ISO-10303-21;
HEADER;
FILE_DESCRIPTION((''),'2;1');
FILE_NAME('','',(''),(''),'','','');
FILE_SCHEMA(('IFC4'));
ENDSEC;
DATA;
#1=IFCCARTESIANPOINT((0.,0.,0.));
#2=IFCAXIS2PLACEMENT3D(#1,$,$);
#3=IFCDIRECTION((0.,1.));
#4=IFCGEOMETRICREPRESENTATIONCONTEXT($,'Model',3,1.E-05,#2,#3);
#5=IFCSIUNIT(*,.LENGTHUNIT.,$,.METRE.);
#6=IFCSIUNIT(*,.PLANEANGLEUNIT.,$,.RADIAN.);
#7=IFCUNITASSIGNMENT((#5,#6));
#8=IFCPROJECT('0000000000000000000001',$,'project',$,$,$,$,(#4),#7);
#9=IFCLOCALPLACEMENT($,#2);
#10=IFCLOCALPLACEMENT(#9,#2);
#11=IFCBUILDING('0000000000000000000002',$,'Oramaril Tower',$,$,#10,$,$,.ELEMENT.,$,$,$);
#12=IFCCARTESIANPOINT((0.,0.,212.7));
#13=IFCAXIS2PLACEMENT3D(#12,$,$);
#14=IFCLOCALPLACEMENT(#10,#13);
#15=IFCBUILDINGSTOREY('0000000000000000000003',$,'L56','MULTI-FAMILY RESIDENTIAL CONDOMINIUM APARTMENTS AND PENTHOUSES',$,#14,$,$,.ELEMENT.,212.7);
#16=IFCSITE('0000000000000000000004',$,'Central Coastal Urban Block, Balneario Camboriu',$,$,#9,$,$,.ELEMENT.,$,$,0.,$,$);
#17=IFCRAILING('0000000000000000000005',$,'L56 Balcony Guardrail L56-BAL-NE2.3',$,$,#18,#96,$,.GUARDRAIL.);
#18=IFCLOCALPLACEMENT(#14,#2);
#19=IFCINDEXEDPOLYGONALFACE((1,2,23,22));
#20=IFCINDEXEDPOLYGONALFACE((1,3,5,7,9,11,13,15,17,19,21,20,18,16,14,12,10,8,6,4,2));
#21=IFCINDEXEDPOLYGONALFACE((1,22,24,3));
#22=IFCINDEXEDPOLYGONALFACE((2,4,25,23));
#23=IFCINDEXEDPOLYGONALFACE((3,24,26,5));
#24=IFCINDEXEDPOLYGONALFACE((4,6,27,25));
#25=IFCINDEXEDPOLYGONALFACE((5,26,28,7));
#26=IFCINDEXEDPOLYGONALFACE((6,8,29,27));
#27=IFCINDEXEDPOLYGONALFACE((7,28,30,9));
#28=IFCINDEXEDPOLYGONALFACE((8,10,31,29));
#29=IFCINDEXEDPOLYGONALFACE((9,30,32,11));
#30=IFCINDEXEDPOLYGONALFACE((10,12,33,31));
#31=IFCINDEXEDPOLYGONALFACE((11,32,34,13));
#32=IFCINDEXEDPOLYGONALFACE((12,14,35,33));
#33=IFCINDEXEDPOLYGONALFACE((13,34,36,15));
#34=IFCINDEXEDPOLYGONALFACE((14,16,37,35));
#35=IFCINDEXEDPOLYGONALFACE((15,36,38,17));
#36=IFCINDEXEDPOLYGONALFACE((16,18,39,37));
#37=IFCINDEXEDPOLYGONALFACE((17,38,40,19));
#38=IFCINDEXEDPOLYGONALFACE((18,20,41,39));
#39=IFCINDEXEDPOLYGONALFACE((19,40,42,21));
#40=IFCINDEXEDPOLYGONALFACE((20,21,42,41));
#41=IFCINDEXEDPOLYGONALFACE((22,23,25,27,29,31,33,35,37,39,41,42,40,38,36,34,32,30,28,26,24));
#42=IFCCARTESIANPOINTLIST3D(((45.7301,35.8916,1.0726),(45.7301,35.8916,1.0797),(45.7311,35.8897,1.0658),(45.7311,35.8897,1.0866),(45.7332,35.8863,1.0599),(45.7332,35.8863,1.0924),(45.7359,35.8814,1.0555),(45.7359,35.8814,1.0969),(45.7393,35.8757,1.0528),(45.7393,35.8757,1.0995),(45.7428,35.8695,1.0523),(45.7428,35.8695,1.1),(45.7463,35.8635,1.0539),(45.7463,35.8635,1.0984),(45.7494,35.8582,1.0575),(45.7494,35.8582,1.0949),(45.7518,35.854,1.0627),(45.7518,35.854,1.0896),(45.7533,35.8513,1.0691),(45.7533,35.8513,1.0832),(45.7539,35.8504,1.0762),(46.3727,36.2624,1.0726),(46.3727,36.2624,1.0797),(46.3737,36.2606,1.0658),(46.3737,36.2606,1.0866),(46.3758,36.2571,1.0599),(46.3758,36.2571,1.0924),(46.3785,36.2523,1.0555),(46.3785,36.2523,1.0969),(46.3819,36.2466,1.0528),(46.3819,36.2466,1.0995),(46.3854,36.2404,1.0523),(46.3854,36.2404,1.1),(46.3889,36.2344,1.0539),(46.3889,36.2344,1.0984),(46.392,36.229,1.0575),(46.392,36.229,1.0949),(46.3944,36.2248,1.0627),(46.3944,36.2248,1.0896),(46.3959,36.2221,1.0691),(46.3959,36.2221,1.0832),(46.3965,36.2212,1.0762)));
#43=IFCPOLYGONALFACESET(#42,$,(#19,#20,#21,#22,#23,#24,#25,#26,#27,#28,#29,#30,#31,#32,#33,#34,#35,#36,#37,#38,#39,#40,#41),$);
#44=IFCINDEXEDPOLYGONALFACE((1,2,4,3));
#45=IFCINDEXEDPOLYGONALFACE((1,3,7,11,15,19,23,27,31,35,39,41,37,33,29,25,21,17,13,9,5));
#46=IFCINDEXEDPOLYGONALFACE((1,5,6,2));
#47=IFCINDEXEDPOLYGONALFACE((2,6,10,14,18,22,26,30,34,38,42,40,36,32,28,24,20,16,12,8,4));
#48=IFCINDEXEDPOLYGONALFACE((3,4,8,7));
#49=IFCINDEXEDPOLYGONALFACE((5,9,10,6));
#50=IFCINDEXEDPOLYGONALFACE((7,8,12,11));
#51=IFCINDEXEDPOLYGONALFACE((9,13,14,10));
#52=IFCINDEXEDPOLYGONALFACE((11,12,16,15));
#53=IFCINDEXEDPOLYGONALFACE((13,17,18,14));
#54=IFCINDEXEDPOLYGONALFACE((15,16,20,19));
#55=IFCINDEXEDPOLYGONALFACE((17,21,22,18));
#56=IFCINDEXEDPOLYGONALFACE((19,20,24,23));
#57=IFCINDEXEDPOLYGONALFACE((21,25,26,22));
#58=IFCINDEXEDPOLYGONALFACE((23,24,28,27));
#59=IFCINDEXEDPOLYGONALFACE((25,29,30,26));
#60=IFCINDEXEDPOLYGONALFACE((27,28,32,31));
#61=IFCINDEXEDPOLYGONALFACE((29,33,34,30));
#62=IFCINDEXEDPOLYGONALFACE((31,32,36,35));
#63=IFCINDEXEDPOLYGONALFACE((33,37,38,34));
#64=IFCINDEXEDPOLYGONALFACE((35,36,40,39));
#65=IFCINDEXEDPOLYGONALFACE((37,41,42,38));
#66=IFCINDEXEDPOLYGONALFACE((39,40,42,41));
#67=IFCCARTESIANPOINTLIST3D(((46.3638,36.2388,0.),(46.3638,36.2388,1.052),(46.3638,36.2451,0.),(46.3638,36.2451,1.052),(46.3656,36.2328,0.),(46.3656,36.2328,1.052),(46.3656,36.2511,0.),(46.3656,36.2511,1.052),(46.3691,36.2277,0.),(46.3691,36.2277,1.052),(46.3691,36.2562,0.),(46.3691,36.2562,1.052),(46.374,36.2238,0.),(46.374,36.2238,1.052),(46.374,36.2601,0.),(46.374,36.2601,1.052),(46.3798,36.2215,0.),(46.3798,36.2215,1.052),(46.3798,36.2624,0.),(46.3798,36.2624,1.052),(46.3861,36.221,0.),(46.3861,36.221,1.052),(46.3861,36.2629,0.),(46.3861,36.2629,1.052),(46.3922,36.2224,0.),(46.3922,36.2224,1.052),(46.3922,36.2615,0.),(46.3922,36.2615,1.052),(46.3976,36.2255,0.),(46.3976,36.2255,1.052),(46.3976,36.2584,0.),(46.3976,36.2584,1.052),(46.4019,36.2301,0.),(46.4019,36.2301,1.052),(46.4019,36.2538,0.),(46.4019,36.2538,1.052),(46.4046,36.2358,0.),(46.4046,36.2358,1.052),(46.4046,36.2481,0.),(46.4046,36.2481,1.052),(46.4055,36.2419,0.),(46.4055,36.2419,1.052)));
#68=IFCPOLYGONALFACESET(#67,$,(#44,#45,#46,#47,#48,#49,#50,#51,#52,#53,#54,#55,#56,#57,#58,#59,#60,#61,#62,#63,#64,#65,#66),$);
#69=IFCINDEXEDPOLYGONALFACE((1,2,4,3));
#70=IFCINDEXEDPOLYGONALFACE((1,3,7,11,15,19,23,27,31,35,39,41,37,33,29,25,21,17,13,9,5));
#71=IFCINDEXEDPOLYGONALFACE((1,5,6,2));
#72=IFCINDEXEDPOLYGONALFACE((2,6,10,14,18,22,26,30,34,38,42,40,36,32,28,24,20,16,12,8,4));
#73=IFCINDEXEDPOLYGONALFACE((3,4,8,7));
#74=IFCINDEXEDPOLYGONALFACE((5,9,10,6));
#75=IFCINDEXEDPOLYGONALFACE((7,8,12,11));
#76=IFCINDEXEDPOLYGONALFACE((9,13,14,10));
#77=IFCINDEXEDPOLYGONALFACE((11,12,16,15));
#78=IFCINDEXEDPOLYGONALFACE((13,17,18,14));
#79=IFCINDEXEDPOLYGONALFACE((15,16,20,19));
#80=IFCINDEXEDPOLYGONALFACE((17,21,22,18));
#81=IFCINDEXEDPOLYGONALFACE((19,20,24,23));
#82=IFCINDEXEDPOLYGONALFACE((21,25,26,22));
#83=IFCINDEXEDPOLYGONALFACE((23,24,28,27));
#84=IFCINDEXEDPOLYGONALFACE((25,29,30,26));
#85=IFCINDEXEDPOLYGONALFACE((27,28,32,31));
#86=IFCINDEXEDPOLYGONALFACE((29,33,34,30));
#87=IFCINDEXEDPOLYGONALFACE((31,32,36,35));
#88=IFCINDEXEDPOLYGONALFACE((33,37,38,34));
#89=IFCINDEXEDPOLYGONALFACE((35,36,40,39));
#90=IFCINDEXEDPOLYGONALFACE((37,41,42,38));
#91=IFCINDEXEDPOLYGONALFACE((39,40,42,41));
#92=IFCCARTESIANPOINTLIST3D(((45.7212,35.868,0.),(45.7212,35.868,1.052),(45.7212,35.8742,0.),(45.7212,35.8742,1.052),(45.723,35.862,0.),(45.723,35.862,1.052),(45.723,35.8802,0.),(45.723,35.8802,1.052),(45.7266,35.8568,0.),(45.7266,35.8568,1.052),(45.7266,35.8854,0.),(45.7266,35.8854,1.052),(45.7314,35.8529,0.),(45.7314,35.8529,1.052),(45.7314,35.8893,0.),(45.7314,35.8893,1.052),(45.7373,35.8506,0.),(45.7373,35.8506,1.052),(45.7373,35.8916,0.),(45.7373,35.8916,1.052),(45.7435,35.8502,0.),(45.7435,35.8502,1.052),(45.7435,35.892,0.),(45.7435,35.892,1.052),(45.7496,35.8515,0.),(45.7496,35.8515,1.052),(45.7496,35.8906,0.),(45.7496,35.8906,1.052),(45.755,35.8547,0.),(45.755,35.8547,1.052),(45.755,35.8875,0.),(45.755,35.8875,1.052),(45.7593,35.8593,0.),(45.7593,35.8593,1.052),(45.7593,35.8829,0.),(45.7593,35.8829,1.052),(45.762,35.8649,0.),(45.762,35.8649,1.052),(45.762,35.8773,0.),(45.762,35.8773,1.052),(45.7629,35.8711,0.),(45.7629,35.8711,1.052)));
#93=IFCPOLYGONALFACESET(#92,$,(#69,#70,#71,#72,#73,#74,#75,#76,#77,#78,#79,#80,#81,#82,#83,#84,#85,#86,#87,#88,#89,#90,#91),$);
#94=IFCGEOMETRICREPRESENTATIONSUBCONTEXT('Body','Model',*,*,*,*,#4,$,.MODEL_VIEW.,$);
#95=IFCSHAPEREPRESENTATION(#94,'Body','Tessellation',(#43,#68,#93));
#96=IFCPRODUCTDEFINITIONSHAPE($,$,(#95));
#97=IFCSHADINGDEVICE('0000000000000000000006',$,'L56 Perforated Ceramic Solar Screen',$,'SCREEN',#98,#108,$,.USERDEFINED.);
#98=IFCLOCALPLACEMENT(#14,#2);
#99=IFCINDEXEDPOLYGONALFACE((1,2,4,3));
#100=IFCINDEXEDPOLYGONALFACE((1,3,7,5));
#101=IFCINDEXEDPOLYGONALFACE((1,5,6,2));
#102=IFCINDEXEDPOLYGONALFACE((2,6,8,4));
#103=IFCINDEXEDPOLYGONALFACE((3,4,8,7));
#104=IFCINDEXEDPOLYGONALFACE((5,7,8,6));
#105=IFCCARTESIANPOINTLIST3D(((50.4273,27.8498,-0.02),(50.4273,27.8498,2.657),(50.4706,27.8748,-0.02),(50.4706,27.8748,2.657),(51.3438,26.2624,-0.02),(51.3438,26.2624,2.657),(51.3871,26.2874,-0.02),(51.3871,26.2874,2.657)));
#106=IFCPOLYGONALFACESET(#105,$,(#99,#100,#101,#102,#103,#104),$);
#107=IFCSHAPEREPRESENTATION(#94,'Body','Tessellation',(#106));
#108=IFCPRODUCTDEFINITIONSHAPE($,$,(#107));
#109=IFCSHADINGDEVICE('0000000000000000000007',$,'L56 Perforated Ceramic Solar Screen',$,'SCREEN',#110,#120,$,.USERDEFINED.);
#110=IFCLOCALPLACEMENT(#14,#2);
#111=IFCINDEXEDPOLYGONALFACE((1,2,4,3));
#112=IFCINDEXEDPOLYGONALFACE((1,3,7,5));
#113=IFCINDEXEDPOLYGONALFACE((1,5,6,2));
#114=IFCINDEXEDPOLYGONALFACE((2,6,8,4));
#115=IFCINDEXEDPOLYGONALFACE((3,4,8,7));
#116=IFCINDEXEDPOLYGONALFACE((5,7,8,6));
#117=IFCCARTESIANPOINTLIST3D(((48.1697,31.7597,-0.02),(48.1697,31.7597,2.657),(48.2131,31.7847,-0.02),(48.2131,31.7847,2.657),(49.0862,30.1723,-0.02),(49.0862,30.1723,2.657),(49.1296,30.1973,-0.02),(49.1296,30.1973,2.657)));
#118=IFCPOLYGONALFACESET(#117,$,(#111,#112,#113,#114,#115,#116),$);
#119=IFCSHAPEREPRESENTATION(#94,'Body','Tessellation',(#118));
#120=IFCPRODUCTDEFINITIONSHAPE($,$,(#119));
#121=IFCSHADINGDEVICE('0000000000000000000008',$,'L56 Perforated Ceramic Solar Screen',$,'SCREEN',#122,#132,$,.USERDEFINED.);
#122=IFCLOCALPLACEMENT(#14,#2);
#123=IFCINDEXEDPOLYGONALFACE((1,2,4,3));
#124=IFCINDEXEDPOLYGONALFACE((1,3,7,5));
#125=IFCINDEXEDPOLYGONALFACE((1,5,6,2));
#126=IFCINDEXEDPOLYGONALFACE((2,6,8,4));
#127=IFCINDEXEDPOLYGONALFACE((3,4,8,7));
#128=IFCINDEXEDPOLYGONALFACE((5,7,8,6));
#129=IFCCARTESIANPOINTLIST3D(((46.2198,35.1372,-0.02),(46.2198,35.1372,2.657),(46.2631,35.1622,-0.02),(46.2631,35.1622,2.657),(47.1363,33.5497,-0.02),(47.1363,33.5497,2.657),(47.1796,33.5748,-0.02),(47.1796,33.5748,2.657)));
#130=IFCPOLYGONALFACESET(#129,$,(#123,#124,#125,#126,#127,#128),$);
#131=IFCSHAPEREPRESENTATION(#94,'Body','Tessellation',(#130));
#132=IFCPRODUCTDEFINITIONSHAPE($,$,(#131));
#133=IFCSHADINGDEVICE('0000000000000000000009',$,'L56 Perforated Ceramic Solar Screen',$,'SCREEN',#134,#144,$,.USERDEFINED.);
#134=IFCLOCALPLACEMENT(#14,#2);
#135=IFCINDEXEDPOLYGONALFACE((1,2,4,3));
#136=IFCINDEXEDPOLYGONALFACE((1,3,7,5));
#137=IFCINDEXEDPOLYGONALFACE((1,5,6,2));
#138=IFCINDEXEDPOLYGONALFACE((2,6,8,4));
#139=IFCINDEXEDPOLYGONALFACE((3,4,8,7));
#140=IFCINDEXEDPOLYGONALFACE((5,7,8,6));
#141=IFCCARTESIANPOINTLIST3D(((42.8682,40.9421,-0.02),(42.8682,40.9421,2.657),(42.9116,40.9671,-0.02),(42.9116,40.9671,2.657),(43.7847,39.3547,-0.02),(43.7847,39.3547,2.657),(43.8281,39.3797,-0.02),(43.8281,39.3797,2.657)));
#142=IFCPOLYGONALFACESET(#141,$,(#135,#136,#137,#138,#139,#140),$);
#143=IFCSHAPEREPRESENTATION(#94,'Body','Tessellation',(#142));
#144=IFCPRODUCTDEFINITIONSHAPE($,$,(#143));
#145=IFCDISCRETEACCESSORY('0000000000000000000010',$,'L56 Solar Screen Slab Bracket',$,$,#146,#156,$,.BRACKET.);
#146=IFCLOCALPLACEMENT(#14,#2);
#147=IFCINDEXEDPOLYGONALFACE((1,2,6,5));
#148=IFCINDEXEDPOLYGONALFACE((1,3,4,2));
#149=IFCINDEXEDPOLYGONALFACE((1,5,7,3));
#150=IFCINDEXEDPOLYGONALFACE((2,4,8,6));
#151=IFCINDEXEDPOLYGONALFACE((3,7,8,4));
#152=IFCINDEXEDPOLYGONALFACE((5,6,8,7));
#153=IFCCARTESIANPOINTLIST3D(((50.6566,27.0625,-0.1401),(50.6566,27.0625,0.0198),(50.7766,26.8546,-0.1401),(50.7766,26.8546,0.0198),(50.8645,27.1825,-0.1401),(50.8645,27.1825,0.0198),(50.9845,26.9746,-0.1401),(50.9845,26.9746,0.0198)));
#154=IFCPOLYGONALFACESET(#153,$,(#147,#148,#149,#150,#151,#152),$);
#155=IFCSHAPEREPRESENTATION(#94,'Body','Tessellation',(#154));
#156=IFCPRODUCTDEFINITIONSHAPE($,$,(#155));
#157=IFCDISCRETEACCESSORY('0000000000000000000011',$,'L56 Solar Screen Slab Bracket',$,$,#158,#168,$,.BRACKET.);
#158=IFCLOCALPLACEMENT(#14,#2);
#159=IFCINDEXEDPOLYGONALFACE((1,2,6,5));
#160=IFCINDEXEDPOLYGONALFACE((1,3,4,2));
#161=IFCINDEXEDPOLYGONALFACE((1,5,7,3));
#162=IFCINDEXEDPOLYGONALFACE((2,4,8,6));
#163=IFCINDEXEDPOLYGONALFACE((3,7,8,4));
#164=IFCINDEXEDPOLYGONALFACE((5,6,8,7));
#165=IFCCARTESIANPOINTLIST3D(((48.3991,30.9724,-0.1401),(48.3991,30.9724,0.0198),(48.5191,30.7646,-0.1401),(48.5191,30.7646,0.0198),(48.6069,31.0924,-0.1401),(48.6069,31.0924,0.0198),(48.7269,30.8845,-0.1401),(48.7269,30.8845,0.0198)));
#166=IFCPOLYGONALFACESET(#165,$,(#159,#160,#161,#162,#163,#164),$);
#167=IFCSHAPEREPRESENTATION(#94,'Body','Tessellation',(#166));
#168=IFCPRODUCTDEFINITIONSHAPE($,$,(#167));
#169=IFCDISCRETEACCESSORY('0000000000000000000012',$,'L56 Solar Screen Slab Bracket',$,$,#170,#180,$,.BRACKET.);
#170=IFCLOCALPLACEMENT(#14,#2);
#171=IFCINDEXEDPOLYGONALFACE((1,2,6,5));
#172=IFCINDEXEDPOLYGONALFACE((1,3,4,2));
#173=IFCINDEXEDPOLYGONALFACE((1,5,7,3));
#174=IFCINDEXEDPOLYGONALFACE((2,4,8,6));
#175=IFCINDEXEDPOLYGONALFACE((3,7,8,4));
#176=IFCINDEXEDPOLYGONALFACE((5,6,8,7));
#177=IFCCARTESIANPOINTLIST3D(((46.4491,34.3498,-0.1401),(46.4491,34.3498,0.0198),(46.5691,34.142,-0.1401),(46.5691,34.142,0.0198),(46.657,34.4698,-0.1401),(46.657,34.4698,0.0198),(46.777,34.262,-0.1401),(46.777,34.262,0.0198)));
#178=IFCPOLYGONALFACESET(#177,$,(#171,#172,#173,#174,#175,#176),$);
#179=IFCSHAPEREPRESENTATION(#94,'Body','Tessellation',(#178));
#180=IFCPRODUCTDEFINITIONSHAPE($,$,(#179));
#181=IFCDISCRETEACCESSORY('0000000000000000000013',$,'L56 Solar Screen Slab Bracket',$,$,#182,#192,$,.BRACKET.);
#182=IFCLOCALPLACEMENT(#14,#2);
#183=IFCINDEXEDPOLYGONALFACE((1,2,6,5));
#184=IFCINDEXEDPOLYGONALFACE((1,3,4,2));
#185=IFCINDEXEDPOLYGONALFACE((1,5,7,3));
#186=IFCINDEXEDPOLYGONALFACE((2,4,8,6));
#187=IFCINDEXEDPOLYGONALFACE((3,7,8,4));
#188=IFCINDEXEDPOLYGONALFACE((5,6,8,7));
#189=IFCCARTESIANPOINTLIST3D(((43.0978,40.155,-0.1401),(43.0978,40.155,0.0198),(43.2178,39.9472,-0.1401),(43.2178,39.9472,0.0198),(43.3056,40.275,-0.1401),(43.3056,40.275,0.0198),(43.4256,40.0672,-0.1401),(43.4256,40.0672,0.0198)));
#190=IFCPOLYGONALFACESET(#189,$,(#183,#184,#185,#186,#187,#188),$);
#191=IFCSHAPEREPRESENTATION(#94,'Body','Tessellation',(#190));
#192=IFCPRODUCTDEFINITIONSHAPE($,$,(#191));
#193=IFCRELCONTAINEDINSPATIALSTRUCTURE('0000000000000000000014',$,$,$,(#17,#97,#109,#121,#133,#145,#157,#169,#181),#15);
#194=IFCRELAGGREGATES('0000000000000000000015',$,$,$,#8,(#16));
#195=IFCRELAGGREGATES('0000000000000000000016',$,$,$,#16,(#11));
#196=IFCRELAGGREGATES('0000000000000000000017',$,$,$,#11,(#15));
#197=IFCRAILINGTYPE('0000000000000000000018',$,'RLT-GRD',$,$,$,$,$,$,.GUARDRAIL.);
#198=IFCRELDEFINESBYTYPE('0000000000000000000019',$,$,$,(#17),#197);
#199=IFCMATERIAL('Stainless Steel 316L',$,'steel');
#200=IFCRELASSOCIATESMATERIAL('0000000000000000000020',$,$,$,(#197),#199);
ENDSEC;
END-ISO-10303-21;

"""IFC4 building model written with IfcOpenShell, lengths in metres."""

from ifc_helpers import new_model, si_unit, direction, frame, origin, origin_2d, place, context, subcontext, project, spatial, rectangle, circle, extrude, material, type_object, element, save


model = new_model("IFC4")

# Units and contexts
model_context = context("Model", 3, precision=1e-05, world=origin(), true_north=direction((0.0, 1.0)))
body_context = subcontext(model_context, "Body", "Model", "MODEL_VIEW")
ifc_project = project(units=[si_unit("LENGTHUNIT", "METRE"), si_unit("PLANEANGLEUNIT", "RADIAN")], contexts=[model_context])

# Site, building, storey
site_placement = place(None, origin())
site = spatial("IfcSite", under=ifc_project, at=site_placement, Name="Central Coastal Urban Block, Balneario Camboriu", CompositionType="ELEMENT", RefElevation=0.0)
building_placement = place(site_placement, origin())
building = spatial("IfcBuilding", under=site, at=building_placement, Name="Oramaril Tower", CompositionType="ELEMENT")
storey_placement = place(building_placement, frame((0.0, 0.0, 212.7)))
storey = spatial("IfcBuildingStorey", under=building, at=storey_placement, Name="L56", Description="MULTI-FAMILY RESIDENTIAL CONDOMINIUM APARTMENTS AND PENTHOUSES", CompositionType="ELEMENT", Elevation=212.7)

# Railing
ifc_material_1 = material(Name="Stainless Steel 316L", Category="steel")
railing_type = type_object("IfcRailingType", Name="RLT-GRD", PredefinedType="GUARDRAIL", material=ifc_material_1)
railing_1_placement = place(storey_placement, frame((46.3845, 36.2419, 0.0)))
element("IfcRailing", 1, at=railing_1_placement, inside=storey, type_object=railing_type, Name="L56 Balcony Guardrail L56-BAL-NE2.3", PredefinedType="GUARDRAIL", context=body_context, shape_type="SweptSolid", body=[
    extrude(circle(Radius=0.0239, at=origin_2d()), frame((0.0, 0.0, 1.0762), z_axis=(-0.866109, -0.499855, 0.0), x_axis=(0.499855, -0.866109, 0.0)), (0.0, 0.0, 1.0), 0.7419),
    extrude(circle(Radius=0.021, at=origin_2d()), origin(), (0.0, 0.0, 1.0), 1.052),
    extrude(circle(Radius=0.021, at=origin_2d()), frame((-0.6426, -0.3708, 0.0)), (0.0, 0.0, 1.0), 1.052),
])

# Shading devices
for number, where, z_axis, x_axis, name in (
    (2, (50.9072, 27.0686, -0.02), (0.0, 0.0, 1.0), (-0.499998, 0.866026, 0.0), "L56 Perforated Ceramic Solar Screen"),
    (3, (48.6497, 30.9785, -0.02), (0.0, 0.0, 1.0), (-0.499998, 0.866026, 0.0), "L56 Perforated Ceramic Solar Screen"),
    (4, (46.6997, 34.356, -0.02), (0.0, 0.0, 1.0), (-0.499998, 0.866026, 0.0), "L56 Perforated Ceramic Solar Screen"),
    (5, (43.3481, 40.1609, -0.02), (0.0, 0.0, 1.0), (-0.499998, 0.866026, 0.0), "L56 Perforated Ceramic Solar Screen"),
):
    element("IfcShadingDevice", number, at=place(storey_placement, frame(where, z_axis=z_axis, x_axis=x_axis)), inside=storey, Name=name, ObjectType="SCREEN", PredefinedType="USERDEFINED", context=body_context, shape_type="SweptSolid", body=[
        extrude(rectangle(XDim=1.833, YDim=0.05, at=origin_2d()), origin(), (0.0, 0.0, 1.0), 2.677),
    ])

# Discrete accessories
for number, where, z_axis, x_axis, name in (
    (6, (50.8206, 27.0186, -0.1401), (0.0, 0.0, 1.0), (-0.499998, 0.866026, 0.0), "L56 Solar Screen Slab Bracket"),
    (7, (48.563, 30.9285, -0.1401), (0.0, 0.0, 1.0), (-0.499998, 0.866026, 0.0), "L56 Solar Screen Slab Bracket"),
    (8, (46.613, 34.3059, -0.1401), (0.0, 0.0, 1.0), (-0.499998, 0.866026, 0.0), "L56 Solar Screen Slab Bracket"),
    (9, (43.2617, 40.1111, -0.1401), (0.0, 0.0, 1.0), (-0.499998, 0.866026, 0.0), "L56 Solar Screen Slab Bracket"),
):
    element("IfcDiscreteAccessory", number, at=place(storey_placement, frame(where, z_axis=z_axis, x_axis=x_axis)), inside=storey, Name=name, PredefinedType="BRACKET", context=body_context, shape_type="SweptSolid", body=[
        extrude(rectangle(XDim=0.24, YDim=0.24, at=origin_2d()), origin(), (0.0, 0.0, 1.0), 0.1599),
    ])

save(model, "model.ifc")
